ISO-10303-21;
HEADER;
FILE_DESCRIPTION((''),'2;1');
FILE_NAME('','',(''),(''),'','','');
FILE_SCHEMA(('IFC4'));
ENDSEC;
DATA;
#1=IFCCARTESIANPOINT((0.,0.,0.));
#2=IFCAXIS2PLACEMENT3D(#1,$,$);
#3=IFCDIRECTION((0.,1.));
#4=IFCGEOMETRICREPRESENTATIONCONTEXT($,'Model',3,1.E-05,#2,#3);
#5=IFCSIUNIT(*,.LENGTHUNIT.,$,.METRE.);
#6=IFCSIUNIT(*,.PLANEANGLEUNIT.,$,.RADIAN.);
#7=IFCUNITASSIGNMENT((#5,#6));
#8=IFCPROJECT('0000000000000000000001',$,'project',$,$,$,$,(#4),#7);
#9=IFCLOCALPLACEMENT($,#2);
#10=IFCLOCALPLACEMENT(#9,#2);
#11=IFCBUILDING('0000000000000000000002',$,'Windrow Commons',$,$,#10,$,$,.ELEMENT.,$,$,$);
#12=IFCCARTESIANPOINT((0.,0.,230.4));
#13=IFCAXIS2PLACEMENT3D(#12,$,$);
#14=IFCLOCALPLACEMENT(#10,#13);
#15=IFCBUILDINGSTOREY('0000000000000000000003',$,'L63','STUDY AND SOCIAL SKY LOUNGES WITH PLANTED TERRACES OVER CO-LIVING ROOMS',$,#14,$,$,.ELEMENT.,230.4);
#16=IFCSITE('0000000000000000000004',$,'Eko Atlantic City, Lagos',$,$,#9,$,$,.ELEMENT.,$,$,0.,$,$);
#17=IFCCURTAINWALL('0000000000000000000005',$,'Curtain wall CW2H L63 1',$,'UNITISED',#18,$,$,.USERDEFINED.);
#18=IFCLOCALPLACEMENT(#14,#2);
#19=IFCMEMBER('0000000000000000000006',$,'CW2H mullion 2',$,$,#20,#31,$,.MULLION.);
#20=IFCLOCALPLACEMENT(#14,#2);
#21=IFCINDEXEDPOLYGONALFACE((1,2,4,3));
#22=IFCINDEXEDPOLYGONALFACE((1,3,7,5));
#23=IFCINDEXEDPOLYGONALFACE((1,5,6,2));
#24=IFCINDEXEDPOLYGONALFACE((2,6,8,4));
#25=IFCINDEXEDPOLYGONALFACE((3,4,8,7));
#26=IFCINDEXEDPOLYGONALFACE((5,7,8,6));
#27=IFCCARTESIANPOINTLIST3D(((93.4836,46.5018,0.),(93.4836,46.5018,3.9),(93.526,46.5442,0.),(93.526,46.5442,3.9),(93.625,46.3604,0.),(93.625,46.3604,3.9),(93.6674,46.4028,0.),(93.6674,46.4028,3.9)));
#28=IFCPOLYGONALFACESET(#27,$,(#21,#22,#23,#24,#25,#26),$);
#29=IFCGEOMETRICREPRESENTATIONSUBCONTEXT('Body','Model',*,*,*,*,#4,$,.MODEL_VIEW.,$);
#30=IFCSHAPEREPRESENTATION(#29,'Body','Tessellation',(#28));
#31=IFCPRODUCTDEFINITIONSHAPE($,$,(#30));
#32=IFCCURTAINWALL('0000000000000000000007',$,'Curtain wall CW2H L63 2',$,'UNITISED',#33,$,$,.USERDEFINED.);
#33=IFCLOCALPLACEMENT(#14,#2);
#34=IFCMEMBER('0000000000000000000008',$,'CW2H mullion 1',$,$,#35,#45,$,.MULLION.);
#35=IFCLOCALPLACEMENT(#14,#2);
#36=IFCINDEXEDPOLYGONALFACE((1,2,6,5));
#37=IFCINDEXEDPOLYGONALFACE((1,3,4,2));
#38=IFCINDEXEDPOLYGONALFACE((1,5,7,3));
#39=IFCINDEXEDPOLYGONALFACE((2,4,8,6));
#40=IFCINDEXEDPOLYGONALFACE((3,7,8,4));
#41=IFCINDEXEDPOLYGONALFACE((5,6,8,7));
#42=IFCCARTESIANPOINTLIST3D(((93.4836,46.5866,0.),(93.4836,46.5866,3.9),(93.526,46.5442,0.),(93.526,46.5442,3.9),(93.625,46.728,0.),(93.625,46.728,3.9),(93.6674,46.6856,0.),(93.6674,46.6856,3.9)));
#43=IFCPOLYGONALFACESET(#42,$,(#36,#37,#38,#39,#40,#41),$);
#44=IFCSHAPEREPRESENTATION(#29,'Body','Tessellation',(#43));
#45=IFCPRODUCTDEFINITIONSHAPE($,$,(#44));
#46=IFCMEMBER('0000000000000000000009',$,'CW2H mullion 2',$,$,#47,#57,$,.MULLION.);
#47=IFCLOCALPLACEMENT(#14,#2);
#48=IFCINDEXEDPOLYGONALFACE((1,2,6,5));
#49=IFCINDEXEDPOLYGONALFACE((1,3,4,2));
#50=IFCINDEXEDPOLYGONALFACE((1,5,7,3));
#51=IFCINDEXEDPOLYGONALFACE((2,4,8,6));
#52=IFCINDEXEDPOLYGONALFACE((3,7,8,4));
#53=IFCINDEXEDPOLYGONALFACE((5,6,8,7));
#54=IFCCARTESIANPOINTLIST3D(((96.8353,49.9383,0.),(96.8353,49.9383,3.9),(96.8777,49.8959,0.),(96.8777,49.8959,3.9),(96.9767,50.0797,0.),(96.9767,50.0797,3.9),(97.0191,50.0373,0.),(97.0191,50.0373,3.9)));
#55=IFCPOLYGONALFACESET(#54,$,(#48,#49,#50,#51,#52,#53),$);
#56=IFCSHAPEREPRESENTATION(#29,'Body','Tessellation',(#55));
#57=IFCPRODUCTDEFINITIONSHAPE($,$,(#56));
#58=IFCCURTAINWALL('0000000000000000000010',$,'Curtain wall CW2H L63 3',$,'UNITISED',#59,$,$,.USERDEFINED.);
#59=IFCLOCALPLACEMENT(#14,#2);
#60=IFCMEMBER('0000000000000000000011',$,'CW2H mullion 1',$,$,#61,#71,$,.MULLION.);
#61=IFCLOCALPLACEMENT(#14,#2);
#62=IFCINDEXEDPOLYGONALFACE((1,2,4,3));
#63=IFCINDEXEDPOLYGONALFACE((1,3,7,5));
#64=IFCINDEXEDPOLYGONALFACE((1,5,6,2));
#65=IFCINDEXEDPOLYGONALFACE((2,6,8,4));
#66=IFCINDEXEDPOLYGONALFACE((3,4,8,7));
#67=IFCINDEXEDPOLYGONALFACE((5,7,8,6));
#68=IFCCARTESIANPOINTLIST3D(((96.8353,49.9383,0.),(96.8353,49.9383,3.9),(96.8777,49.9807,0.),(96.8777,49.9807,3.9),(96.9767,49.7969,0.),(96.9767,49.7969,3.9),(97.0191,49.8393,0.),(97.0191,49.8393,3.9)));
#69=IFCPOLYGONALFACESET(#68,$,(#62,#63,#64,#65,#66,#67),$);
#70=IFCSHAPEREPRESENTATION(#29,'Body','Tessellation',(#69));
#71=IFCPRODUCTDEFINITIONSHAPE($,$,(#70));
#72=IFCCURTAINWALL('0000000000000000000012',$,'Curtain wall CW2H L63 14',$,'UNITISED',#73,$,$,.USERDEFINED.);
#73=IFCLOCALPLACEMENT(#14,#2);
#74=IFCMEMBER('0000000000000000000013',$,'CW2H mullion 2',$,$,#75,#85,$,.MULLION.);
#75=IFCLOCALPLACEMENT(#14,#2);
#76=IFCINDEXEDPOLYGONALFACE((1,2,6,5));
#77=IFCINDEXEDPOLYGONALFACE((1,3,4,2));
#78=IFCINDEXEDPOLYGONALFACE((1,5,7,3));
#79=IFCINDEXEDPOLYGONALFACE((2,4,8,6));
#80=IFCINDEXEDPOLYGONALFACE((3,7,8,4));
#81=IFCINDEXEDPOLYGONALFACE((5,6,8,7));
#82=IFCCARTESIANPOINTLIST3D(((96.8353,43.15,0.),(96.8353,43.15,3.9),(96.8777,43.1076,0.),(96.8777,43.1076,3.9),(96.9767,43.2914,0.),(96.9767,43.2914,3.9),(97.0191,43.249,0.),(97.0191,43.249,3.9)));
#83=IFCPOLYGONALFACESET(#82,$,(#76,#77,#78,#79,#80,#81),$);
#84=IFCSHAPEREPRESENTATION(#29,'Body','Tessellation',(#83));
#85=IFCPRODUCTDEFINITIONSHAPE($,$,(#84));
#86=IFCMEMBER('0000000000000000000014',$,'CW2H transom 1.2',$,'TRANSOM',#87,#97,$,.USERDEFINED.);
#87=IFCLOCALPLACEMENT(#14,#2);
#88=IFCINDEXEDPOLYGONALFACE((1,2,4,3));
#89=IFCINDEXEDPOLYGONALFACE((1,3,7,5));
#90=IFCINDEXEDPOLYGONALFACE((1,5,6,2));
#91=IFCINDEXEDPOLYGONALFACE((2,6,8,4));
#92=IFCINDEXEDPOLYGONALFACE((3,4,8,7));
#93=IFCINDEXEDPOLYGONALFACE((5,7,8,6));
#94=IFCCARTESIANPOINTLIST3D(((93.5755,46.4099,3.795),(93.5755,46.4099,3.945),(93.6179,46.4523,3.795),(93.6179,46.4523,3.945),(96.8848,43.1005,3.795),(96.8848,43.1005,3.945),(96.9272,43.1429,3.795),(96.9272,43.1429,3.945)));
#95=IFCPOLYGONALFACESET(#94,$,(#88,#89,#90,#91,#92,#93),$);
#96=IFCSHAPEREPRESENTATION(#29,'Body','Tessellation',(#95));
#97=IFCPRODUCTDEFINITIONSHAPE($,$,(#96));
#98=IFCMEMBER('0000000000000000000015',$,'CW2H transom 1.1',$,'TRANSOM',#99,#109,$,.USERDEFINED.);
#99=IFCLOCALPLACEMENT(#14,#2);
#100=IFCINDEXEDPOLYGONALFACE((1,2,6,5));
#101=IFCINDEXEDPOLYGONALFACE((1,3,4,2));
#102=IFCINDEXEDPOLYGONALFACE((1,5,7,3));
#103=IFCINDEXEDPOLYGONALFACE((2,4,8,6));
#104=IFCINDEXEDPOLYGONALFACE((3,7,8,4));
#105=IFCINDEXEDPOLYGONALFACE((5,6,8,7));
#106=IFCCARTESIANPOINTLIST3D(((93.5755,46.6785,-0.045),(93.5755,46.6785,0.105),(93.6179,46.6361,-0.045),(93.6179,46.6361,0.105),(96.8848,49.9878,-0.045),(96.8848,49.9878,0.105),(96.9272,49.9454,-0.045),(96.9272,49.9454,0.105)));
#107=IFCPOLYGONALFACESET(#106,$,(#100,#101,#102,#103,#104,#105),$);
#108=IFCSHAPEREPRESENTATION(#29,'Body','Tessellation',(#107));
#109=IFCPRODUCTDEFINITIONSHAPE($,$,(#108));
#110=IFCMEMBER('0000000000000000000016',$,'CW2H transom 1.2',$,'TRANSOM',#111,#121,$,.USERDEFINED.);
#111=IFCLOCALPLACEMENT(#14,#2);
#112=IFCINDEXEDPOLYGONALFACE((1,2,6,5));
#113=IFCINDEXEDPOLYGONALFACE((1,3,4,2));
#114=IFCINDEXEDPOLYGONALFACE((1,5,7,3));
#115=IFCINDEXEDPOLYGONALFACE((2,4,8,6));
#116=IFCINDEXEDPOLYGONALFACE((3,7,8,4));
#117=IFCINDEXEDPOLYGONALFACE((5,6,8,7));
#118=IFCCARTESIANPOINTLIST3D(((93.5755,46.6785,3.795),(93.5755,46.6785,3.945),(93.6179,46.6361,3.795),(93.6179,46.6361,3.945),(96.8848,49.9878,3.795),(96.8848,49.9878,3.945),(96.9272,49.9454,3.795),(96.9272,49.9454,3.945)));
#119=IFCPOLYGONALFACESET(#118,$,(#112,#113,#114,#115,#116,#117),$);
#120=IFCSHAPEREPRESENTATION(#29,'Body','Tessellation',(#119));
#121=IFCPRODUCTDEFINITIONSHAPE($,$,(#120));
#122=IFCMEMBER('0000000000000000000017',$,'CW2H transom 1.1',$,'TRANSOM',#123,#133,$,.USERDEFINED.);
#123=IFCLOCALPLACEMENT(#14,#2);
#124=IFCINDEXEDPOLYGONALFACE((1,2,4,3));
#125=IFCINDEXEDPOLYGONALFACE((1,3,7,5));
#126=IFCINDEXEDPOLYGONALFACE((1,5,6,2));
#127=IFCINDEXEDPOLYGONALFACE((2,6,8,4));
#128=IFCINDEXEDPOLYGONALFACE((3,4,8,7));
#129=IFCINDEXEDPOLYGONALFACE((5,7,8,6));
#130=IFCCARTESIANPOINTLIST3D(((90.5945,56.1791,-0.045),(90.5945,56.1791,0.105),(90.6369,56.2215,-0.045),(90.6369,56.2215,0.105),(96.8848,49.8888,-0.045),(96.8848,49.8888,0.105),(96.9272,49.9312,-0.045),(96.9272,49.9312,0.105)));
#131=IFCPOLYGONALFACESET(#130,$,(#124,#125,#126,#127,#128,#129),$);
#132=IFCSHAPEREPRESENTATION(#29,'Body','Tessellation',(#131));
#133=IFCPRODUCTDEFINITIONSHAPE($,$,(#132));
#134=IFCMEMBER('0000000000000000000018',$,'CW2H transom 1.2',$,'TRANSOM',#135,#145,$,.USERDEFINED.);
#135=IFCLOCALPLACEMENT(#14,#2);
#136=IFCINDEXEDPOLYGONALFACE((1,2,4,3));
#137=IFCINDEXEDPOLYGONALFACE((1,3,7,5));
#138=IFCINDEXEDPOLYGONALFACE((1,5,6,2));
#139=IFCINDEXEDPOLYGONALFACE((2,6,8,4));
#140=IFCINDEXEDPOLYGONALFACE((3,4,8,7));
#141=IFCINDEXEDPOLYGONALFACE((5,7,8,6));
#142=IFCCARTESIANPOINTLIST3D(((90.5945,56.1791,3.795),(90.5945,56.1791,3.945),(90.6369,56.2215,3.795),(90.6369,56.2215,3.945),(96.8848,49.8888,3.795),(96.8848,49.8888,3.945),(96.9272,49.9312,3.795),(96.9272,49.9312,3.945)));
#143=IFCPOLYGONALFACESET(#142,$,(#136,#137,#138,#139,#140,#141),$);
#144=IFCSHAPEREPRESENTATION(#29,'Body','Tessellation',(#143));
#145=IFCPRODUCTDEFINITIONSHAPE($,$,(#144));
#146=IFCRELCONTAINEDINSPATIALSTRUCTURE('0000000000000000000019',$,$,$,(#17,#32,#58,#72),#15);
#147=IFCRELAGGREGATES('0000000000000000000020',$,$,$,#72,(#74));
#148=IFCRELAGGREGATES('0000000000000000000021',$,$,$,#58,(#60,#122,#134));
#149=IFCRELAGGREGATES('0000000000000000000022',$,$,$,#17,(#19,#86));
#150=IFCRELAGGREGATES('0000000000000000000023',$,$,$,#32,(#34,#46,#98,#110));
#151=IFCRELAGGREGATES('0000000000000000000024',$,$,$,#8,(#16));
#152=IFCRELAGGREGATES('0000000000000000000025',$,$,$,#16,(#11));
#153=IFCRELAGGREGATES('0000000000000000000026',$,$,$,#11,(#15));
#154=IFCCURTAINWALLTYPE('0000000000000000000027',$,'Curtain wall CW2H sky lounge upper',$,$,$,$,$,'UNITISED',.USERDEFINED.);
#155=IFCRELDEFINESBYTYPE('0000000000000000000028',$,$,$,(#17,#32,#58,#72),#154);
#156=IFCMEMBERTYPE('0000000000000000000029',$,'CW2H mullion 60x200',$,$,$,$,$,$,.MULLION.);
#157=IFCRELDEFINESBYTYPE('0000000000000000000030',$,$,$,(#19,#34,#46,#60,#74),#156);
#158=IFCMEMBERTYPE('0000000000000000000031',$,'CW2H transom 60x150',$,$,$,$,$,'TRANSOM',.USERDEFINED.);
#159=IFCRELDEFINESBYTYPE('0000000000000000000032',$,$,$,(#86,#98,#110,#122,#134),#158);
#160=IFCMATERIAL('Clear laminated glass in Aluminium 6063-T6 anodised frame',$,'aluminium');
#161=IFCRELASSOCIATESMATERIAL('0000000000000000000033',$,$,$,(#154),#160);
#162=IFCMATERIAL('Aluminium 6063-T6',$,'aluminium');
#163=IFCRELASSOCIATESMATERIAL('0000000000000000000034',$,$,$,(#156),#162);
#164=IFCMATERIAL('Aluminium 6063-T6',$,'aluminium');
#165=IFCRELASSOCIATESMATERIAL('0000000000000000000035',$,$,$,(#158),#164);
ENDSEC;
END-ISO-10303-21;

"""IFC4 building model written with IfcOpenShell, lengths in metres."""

from ifc_helpers import new_model, si_unit, direction, frame, origin, origin_2d, place, context, subcontext, project, spatial, rectangle, extrude, material, material_profile, profile_set, type_object, element, aggregate, save


model = new_model("IFC4")

# Units and contexts
model_context = context("Model", 3, precision=1e-05, world=origin(), true_north=direction((0.0, 1.0)))
body_context = subcontext(model_context, "Body", "Model", "MODEL_VIEW")
ifc_project = project(units=[si_unit("LENGTHUNIT", "METRE"), si_unit("PLANEANGLEUNIT", "RADIAN")], contexts=[model_context])

# Site, building, storey
site_placement = place(None, origin())
site = spatial("IfcSite", under=ifc_project, at=site_placement, Name="Eko Atlantic City, Lagos", CompositionType="ELEMENT", RefElevation=0.0)
building_placement = place(site_placement, origin())
building = spatial("IfcBuilding", under=site, at=building_placement, Name="Windrow Commons", CompositionType="ELEMENT")
storey_placement = place(building_placement, frame((0.0, 0.0, 230.4)))
storey = spatial("IfcBuildingStorey", under=building, at=storey_placement, Name="L63", Description="STUDY AND SOCIAL SKY LOUNGES WITH PLANTED TERRACES OVER CO-LIVING ROOMS", CompositionType="ELEMENT", Elevation=230.4)

# Curtain wall, member
ifc_material_1 = material(Name="Clear laminated glass in Aluminium 6063-T6 anodised frame", Category="aluminium")
curtain_wall_type = type_object("IfcCurtainWallType", Name="Curtain wall CW2H sky lounge upper", ElementType="UNITISED", PredefinedType="USERDEFINED", material=ifc_material_1)
placement = place(storey_placement, origin())
curtain_wall_1 = element("IfcCurtainWall", 1, at=placement, inside=storey, type_object=curtain_wall_type, Name="Curtain wall CW2H L63 1", ObjectType="UNITISED", PredefinedType="USERDEFINED")
ifc_material_2 = material(Name="Aluminium 6063-T6", Category="aluminium")
ifc_material_profile_1 = material_profile(ifc_material_2, rectangle(XDim=0.06, YDim=0.2, at=origin_2d()))
ifc_profile_set_1 = profile_set([ifc_material_profile_1], Name="Aluminium 6063-T6")
member_type_1 = type_object("IfcMemberType", Name="CW2H mullion 60x200", PredefinedType="MULLION", material=ifc_profile_set_1)
member_1_placement = place(storey_placement, frame((93.5755, 46.4523, 0.0), z_axis=(0.0, 0.0, 1.0), x_axis=(-0.707117, -0.707096, 0.0)))
member_1 = element("IfcMember", 2, at=member_1_placement, type_object=member_type_1, Name="CW2H mullion 2", PredefinedType="MULLION", context=body_context, shape_type="SweptSolid", body=[
    extrude(rectangle(XDim=0.06, YDim=0.2, at=origin_2d()), origin(), (0.0, 0.0, 1.0), 3.9),
])

# Curtain wall, members
curtain_wall_2 = element("IfcCurtainWall", 3, at=placement, inside=storey, type_object=curtain_wall_type, Name="Curtain wall CW2H L63 2", ObjectType="UNITISED", PredefinedType="USERDEFINED")
member_2_placement = place(storey_placement, frame((93.5755, 46.6361, 0.0), z_axis=(0.0, 0.0, 1.0), x_axis=(-0.707107, 0.707107, 0.0)))
member_2 = element("IfcMember", 4, at=member_2_placement, type_object=member_type_1, Name="CW2H mullion 1", PredefinedType="MULLION", context=body_context, shape_type="SweptSolid", body=[
    extrude(rectangle(XDim=0.06, YDim=0.2, at=origin_2d()), origin(), (0.0, 0.0, 1.0), 3.9),
])
member_3_placement = place(storey_placement, frame((96.9272, 49.9878, 0.0), z_axis=(0.0, 0.0, 1.0), x_axis=(-0.707107, 0.707107, 0.0)))
member_3 = element("IfcMember", 5, at=member_3_placement, type_object=member_type_1, Name="CW2H mullion 2", PredefinedType="MULLION", context=body_context, shape_type="SweptSolid", body=[
    extrude(rectangle(XDim=0.06, YDim=0.2, at=origin_2d()), origin(), (0.0, 0.0, 1.0), 3.9),
])

# Curtain walls, members
curtain_wall_3 = element("IfcCurtainWall", 6, at=placement, inside=storey, type_object=curtain_wall_type, Name="Curtain wall CW2H L63 3", ObjectType="UNITISED", PredefinedType="USERDEFINED")
member_4_placement = place(storey_placement, frame((96.9272, 49.8888, 0.0), z_axis=(0.0, 0.0, 1.0), x_axis=(-0.707107, -0.707107, 0.0)))
member_4 = element("IfcMember", 7, at=member_4_placement, type_object=member_type_1, Name="CW2H mullion 1", PredefinedType="MULLION", context=body_context, shape_type="SweptSolid", body=[
    extrude(rectangle(XDim=0.06, YDim=0.2, at=origin_2d()), origin(), (0.0, 0.0, 1.0), 3.9),
])
curtain_wall_4 = element("IfcCurtainWall", 8, at=placement, inside=storey, type_object=curtain_wall_type, Name="Curtain wall CW2H L63 14", ObjectType="UNITISED", PredefinedType="USERDEFINED")
member_5_placement = place(storey_placement, frame((96.9272, 43.1995, 0.0), z_axis=(0.0, 0.0, 1.0), x_axis=(-0.707102, 0.707111, 0.0)))
member_5 = element("IfcMember", 9, at=member_5_placement, type_object=member_type_1, Name="CW2H mullion 2", PredefinedType="MULLION", context=body_context, shape_type="SweptSolid", body=[
    extrude(rectangle(XDim=0.06, YDim=0.2, at=origin_2d()), origin(), (0.0, 0.0, 1.0), 3.9),
])
aggregate(curtain_wall_4, [member_5])

# Members
ifc_material_3 = material(Name="Aluminium 6063-T6", Category="aluminium")
ifc_material_profile_2 = material_profile(ifc_material_3, rectangle(XDim=0.06, YDim=0.15, at=origin_2d()))
ifc_profile_set_2 = profile_set([ifc_material_profile_2], Name="Aluminium 6063-T6")
member_type_2 = type_object("IfcMemberType", Name="CW2H transom 60x150", ElementType="TRANSOM", PredefinedType="USERDEFINED", material=ifc_profile_set_2)
member_6_placement = place(storey_placement, frame((96.906, 43.1217, 3.87), z_axis=(-0.707096, 0.707117, 0.0), x_axis=(-0.707117, -0.707096, 0.0)))
member_6 = element("IfcMember", 10, at=member_6_placement, type_object=member_type_2, Name="CW2H transom 1.2", ObjectType="TRANSOM", PredefinedType="USERDEFINED", context=body_context, shape_type="SweptSolid", body=[
    extrude(rectangle(XDim=0.06, YDim=0.15, at=origin_2d()), origin(), (0.0, 0.0, 1.0), 4.6801),
])
member_7_placement = place(storey_placement, frame((93.5967, 46.6573, 0.03), z_axis=(0.707107, 0.707107, 0.0), x_axis=(-0.707107, 0.707107, 0.0)))
member_7 = element("IfcMember", 11, at=member_7_placement, type_object=member_type_2, Name="CW2H transom 1.1", ObjectType="TRANSOM", PredefinedType="USERDEFINED", context=body_context, shape_type="SweptSolid", body=[
    extrude(rectangle(XDim=0.06, YDim=0.15, at=origin_2d()), origin(), (0.0, 0.0, 1.0), 4.6801),
])
member_8_placement = place(storey_placement, frame((93.5967, 46.6573, 3.87), z_axis=(0.707107, 0.707107, 0.0), x_axis=(-0.707107, 0.707107, 0.0)))
member_8 = element("IfcMember", 12, at=member_8_placement, type_object=member_type_2, Name="CW2H transom 1.2", ObjectType="TRANSOM", PredefinedType="USERDEFINED", context=body_context, shape_type="SweptSolid", body=[
    extrude(rectangle(XDim=0.06, YDim=0.15, at=origin_2d()), origin(), (0.0, 0.0, 1.0), 4.6801),
])
member_9_placement = place(storey_placement, frame((96.906, 49.91, 0.03), z_axis=(-0.707107, 0.707107, 0.0), x_axis=(-0.707107, -0.707107, 0.0)))
member_9 = element("IfcMember", 13, at=member_9_placement, type_object=member_type_2, Name="CW2H transom 1.1", ObjectType="TRANSOM", PredefinedType="USERDEFINED", context=body_context, shape_type="SweptSolid", body=[
    extrude(rectangle(XDim=0.06, YDim=0.15, at=origin_2d()), origin(), (0.0, 0.0, 1.0), 8.8958),
])
member_10_placement = place(storey_placement, frame((96.906, 49.91, 3.87), z_axis=(-0.707107, 0.707107, 0.0), x_axis=(-0.707107, -0.707107, 0.0)))
member_10 = element("IfcMember", 14, at=member_10_placement, type_object=member_type_2, Name="CW2H transom 1.2", ObjectType="TRANSOM", PredefinedType="USERDEFINED", context=body_context, shape_type="SweptSolid", body=[
    extrude(rectangle(XDim=0.06, YDim=0.15, at=origin_2d()), origin(), (0.0, 0.0, 1.0), 8.8958),
])
aggregate(curtain_wall_3, [member_4, member_9, member_10])

aggregate(curtain_wall_1, [member_1, member_6])
aggregate(curtain_wall_2, [member_2, member_3, member_7, member_8])

save(model, "model.ifc")
